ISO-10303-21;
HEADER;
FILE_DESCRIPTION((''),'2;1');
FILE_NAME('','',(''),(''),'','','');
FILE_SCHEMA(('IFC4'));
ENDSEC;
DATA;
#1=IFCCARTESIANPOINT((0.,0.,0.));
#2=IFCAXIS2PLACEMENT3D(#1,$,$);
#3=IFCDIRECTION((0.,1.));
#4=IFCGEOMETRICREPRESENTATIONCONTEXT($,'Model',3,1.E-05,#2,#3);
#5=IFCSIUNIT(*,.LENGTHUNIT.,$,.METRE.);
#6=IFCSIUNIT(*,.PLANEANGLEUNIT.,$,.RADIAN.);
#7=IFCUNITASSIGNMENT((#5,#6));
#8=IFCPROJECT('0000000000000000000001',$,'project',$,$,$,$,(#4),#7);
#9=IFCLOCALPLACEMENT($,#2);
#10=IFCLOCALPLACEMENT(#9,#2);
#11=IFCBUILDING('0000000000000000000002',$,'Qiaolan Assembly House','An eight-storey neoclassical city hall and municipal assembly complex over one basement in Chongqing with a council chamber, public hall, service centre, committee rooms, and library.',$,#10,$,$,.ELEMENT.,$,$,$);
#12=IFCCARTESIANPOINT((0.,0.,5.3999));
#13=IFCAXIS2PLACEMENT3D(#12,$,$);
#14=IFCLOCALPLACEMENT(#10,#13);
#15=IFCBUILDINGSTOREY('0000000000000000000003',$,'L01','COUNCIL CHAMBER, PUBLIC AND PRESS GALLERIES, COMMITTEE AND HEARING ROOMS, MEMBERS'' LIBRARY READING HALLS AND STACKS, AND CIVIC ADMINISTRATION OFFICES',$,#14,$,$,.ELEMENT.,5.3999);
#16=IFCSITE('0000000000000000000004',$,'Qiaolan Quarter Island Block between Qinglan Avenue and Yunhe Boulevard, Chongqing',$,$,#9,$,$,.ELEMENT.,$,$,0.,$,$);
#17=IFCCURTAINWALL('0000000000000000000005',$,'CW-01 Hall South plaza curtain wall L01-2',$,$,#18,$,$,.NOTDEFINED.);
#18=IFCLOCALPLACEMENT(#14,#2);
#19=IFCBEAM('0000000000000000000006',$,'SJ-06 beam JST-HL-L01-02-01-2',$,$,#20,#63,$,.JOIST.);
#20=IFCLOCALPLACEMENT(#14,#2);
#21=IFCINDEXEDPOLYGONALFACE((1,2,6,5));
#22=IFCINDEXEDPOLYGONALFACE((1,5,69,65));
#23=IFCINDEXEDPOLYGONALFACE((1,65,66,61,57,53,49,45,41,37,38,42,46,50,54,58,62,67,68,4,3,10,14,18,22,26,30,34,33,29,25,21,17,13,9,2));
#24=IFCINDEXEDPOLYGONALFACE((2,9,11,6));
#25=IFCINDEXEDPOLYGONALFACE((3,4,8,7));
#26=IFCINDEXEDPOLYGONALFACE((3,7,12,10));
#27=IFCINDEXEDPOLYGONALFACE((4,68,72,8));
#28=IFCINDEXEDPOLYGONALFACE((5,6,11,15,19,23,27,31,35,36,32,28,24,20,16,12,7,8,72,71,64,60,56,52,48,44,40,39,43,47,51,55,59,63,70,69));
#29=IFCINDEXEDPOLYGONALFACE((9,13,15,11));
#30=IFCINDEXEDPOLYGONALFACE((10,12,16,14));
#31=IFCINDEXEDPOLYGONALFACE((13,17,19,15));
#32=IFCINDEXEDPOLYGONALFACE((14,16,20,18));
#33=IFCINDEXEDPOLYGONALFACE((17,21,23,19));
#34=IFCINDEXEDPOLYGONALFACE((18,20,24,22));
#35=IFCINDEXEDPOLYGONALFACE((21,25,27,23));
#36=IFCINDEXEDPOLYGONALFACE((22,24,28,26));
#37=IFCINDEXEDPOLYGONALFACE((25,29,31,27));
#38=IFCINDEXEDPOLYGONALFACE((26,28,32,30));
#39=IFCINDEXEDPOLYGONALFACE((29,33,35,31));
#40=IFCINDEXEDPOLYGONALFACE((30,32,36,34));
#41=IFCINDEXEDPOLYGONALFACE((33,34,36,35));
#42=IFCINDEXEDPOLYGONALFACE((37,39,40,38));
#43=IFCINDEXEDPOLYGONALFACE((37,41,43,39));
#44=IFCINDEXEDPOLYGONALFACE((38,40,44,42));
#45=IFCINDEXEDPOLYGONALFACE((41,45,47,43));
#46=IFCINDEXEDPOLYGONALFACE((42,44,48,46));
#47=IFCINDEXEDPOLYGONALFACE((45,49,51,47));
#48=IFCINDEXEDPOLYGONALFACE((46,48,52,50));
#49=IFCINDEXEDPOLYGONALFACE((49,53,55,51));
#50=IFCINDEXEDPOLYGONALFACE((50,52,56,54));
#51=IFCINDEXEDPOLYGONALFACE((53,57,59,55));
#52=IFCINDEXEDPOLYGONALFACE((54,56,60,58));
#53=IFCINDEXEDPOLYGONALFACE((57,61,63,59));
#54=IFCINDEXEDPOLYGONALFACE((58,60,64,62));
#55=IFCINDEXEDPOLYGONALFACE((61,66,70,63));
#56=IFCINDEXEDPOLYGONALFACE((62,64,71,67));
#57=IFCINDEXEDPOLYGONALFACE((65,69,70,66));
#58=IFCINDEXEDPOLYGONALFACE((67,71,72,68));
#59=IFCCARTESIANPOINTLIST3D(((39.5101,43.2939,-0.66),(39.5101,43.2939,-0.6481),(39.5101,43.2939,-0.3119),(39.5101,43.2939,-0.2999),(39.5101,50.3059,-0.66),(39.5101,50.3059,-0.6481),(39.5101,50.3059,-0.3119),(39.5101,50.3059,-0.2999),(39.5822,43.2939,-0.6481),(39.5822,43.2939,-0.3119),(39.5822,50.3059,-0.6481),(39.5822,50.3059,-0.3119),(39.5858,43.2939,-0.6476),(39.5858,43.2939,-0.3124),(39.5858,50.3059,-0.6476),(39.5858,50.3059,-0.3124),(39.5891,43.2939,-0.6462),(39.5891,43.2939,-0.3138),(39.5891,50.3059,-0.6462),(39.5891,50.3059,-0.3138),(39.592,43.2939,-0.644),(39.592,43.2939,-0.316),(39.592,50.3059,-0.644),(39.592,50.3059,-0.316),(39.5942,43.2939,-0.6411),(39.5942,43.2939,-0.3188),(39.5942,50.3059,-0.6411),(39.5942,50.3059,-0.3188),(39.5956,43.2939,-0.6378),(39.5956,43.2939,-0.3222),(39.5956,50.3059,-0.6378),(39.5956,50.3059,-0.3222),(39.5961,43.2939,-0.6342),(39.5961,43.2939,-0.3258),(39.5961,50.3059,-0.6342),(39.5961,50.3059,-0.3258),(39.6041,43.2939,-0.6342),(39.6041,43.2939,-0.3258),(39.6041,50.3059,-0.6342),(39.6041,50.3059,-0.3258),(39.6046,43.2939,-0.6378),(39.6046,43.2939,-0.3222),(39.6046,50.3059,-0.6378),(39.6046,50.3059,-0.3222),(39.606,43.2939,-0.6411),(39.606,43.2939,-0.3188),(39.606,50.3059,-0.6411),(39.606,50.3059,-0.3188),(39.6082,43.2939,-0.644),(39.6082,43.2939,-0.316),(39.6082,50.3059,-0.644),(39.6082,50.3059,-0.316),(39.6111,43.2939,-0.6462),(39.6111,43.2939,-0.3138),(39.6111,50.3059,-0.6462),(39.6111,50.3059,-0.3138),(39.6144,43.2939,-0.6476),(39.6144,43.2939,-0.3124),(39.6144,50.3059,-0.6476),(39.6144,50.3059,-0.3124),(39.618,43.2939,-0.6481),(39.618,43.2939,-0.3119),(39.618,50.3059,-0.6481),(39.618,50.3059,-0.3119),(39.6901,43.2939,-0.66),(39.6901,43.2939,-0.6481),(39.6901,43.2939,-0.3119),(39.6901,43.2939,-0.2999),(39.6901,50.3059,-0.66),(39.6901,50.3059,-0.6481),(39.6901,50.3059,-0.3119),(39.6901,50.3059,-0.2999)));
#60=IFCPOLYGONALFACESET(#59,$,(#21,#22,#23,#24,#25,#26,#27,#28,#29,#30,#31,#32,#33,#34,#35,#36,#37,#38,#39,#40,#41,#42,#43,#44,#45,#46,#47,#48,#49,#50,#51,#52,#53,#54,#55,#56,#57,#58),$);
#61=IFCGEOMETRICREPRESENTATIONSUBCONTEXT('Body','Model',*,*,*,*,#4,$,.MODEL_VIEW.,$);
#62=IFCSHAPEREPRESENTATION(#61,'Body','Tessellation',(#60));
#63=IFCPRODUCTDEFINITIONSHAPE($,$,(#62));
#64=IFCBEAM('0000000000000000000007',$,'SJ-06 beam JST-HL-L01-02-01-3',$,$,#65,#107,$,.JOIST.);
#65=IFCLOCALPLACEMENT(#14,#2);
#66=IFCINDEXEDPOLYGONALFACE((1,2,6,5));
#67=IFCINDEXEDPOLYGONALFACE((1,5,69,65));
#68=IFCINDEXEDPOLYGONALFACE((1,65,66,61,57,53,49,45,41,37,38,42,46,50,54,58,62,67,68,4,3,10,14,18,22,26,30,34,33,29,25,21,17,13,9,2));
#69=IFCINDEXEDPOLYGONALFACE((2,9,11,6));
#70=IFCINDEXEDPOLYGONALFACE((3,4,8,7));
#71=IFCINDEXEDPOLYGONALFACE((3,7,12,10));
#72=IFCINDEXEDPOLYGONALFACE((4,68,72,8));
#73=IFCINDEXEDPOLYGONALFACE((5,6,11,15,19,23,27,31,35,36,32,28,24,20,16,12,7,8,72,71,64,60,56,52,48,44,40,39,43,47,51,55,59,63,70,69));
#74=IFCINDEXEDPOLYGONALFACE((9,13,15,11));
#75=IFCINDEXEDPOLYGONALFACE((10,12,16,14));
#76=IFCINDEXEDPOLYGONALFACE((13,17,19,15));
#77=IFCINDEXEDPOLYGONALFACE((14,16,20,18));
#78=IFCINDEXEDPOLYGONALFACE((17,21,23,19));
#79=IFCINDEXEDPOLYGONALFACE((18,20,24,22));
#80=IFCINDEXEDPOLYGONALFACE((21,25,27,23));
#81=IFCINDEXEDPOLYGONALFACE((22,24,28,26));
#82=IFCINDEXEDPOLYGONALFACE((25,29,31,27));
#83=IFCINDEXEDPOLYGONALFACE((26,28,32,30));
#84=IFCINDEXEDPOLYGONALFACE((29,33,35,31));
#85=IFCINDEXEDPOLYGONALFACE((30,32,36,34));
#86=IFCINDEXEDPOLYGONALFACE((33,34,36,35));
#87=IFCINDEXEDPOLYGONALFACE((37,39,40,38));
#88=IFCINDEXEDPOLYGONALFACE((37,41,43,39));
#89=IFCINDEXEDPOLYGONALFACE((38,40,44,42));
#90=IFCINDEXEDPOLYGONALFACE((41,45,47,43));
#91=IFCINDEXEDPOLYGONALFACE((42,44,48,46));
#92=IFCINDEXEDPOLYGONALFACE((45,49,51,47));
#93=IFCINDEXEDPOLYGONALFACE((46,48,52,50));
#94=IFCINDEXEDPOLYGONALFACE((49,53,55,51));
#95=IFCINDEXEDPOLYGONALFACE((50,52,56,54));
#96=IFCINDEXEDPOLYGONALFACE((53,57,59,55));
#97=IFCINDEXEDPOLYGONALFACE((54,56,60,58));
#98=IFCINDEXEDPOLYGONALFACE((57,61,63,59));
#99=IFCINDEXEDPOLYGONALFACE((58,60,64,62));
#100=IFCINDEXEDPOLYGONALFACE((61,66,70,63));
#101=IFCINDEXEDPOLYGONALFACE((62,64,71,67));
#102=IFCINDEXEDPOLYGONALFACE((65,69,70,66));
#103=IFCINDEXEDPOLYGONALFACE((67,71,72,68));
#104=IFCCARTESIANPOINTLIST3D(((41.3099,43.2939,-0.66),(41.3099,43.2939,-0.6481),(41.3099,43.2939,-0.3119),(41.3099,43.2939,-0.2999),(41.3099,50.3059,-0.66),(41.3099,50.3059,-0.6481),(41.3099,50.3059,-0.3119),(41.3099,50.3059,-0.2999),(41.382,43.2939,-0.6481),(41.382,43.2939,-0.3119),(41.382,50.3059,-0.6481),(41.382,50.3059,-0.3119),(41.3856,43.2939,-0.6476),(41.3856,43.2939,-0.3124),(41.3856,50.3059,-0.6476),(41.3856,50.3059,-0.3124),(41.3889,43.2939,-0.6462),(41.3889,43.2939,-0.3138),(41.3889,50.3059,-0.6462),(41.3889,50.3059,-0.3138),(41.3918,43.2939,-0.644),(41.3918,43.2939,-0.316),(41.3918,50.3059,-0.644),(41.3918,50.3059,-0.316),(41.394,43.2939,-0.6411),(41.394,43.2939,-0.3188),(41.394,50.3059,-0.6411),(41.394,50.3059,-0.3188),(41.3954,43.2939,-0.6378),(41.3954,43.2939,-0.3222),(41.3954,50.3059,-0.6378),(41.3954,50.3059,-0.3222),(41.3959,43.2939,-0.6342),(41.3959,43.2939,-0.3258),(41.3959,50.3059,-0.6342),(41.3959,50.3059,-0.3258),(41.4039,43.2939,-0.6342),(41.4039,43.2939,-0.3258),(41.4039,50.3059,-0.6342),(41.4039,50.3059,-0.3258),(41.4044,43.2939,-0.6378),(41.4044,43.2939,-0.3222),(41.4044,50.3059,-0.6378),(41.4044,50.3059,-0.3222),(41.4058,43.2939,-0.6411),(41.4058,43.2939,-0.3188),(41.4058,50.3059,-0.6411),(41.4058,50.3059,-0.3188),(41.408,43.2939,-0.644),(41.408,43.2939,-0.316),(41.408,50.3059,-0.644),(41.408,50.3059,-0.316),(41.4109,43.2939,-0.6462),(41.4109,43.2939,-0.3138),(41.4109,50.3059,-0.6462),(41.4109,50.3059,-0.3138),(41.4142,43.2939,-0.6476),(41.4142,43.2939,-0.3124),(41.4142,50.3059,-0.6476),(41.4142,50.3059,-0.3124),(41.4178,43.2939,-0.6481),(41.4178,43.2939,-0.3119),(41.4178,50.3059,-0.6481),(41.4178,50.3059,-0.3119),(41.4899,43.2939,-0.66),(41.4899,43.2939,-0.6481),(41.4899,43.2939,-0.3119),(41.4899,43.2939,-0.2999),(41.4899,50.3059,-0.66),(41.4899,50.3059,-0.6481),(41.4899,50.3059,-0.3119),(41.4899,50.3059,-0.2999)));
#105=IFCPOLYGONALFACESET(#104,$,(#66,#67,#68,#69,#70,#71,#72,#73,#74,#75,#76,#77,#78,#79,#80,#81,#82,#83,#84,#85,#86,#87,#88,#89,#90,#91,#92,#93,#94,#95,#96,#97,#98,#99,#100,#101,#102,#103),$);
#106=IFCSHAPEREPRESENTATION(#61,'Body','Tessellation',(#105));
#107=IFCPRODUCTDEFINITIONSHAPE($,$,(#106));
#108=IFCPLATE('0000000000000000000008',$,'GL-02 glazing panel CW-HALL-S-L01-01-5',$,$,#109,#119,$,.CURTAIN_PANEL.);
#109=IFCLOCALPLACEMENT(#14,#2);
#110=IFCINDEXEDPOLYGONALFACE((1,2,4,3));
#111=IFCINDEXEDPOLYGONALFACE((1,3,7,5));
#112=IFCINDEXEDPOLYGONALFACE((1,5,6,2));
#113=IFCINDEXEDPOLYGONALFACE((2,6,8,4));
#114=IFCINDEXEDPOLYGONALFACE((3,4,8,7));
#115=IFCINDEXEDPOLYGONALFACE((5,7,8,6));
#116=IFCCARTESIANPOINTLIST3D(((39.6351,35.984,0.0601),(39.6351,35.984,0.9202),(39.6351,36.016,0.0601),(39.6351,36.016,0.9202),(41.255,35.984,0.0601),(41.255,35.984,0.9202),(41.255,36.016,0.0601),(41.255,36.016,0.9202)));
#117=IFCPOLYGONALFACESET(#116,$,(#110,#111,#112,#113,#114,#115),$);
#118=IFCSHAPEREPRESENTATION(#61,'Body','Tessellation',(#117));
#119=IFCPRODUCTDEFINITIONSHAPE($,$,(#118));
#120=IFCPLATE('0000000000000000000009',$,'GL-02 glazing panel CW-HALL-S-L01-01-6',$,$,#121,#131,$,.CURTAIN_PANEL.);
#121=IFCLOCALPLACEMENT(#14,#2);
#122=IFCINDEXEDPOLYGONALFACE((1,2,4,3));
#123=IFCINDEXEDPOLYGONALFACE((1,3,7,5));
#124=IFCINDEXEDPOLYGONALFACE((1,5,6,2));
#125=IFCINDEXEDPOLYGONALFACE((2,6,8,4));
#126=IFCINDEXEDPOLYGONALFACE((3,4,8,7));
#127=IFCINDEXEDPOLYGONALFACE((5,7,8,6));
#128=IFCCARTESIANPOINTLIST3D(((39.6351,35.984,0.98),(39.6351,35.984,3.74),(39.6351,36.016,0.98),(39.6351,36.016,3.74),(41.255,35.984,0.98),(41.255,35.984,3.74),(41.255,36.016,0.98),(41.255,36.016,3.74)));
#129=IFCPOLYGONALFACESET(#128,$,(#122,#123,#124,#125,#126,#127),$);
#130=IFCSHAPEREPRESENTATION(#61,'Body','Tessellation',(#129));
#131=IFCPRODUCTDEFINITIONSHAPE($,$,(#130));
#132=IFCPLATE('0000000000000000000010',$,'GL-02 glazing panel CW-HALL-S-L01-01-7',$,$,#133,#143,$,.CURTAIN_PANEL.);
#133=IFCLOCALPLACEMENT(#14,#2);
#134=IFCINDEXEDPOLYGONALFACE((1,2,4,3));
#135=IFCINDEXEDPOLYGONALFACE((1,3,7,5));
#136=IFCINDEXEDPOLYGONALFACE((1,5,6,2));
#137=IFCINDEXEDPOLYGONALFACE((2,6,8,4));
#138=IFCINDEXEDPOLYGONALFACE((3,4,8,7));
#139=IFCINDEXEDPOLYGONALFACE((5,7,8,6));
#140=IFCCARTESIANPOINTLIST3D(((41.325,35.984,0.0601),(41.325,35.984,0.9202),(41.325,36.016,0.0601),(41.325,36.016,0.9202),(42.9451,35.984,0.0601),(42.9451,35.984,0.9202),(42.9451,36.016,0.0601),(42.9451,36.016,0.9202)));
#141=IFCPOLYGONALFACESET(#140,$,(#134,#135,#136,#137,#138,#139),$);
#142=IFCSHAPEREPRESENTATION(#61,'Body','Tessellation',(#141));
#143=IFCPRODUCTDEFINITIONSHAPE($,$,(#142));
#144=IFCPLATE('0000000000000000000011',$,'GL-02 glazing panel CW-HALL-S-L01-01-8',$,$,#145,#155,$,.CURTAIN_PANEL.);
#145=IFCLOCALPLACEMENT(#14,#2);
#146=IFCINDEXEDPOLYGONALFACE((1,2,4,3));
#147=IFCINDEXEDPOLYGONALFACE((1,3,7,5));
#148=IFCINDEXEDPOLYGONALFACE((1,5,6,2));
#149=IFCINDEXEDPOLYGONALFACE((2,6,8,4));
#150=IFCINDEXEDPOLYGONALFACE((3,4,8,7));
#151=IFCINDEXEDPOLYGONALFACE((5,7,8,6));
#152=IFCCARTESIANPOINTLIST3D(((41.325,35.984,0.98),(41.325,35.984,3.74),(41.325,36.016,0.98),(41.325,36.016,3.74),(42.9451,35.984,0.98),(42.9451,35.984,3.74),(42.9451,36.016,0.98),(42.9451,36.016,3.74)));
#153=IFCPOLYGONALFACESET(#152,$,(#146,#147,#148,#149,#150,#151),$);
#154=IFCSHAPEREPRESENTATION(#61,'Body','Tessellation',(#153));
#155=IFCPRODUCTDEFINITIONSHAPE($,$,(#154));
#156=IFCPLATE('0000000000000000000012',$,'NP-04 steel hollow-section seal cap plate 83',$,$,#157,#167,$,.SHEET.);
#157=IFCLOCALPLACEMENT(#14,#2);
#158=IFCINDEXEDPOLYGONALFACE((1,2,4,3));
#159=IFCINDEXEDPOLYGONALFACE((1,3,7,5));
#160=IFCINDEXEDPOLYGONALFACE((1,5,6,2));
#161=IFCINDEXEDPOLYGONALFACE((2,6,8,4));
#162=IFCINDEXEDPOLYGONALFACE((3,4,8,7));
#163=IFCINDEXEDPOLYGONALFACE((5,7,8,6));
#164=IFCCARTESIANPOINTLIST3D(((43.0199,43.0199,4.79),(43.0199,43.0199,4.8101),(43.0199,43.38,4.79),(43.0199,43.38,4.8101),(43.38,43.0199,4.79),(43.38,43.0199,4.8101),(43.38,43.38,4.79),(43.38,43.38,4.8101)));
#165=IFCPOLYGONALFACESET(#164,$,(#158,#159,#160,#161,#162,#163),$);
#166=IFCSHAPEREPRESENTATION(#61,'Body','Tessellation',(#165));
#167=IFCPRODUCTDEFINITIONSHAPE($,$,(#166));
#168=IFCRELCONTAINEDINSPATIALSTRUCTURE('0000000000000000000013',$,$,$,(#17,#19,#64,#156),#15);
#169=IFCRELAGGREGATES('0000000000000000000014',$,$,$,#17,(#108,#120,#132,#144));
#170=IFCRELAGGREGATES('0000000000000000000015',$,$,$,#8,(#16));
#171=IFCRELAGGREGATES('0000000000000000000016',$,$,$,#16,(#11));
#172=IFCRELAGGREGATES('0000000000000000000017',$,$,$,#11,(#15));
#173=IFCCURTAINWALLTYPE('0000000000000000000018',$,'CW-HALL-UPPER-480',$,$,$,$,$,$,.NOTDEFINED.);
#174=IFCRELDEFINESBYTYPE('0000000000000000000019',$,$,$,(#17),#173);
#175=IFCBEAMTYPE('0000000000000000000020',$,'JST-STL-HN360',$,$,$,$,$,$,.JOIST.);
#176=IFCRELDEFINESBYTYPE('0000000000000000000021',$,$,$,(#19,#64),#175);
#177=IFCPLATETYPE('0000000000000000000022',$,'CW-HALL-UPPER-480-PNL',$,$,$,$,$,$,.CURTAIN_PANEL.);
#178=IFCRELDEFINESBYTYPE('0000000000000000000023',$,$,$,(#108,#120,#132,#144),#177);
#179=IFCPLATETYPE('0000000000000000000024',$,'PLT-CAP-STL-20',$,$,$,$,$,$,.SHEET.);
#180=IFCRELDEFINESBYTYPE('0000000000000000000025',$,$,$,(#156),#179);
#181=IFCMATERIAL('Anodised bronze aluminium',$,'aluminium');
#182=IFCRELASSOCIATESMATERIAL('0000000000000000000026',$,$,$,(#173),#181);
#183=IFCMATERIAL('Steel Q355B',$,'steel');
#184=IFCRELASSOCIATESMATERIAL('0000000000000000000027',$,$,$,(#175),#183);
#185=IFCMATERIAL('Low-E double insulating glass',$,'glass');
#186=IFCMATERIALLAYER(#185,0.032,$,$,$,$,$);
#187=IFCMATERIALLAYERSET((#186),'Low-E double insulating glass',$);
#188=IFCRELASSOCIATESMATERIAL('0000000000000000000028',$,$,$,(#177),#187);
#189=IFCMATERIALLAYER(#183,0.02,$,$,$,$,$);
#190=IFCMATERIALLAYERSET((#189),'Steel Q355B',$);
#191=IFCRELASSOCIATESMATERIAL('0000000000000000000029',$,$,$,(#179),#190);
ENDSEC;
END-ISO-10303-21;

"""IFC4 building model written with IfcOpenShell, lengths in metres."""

from ifc_helpers import new_model, si_unit, direction, frame, frame_2d, origin, origin_2d, place, context, subcontext, project, spatial, rectangle, i_section, extrude, material, layer, layer_set, material_profile, profile_set, type_object, element, aggregate, save


model = new_model("IFC4")

# Units and contexts
model_context = context("Model", 3, precision=1e-05, world=origin(), true_north=direction((0.0, 1.0)))
body_context = subcontext(model_context, "Body", "Model", "MODEL_VIEW")
ifc_project = project(units=[si_unit("LENGTHUNIT", "METRE"), si_unit("PLANEANGLEUNIT", "RADIAN")], contexts=[model_context])

# Site, building, storey
site_placement = place(None, origin())
site = spatial("IfcSite", under=ifc_project, at=site_placement, Name="Qiaolan Quarter Island Block between Qinglan Avenue and Yunhe Boulevard, Chongqing", CompositionType="ELEMENT", RefElevation=0.0)
building_placement = place(site_placement, origin())
building = spatial("IfcBuilding", under=site, at=building_placement, Name="Qiaolan Assembly House", Description="An eight-storey neoclassical city hall and municipal assembly complex over one basement in Chongqing with a council chamber, public hall, service centre, committee rooms, and library.", CompositionType="ELEMENT")
storey_placement = place(building_placement, frame((0.0, 0.0, 5.3999)))
storey = spatial("IfcBuildingStorey", under=building, at=storey_placement, Name="L01", Description="COUNCIL CHAMBER, PUBLIC AND PRESS GALLERIES, COMMITTEE AND HEARING ROOMS, MEMBERS' LIBRARY READING HALLS AND STACKS, AND CIVIC ADMINISTRATION OFFICES", CompositionType="ELEMENT", Elevation=5.3999)

# Shared definitions
ifc_material_1 = material(Name="Steel Q355B", Category="steel")

# Curtain wall
ifc_material_2 = material(Name="Anodised bronze aluminium", Category="aluminium")
curtain_wall_type = type_object("IfcCurtainWallType", Name="CW-HALL-UPPER-480", PredefinedType="NOTDEFINED", material=ifc_material_2)
curtain_wall_1_placement = place(storey_placement, origin())
curtain_wall_1 = element("IfcCurtainWall", 1, at=curtain_wall_1_placement, inside=storey, type_object=curtain_wall_type, Name="CW-01 Hall South plaza curtain wall L01-2", PredefinedType="NOTDEFINED")

# Beams
ifc_material_profile_1 = material_profile(ifc_material_1, i_section(OverallWidth=0.1799, OverallDepth=0.3601, WebThickness=0.0081, FlangeThickness=0.012, FilletRadius=0.0139, at=origin_2d()), Name="HN 360x180x8x12")
ifc_profile_set_1 = profile_set([ifc_material_profile_1], Name="Steel Q355B")
beam_type_1 = type_object("IfcBeamType", Name="JST-STL-HN360", PredefinedType="JOIST", material=ifc_profile_set_1)
for number, where, z_axis, x_axis, name in (
    (2, (39.6001, 43.2939, -0.48), (0.0, 1.0, 0.0), (-1.0, 0.0, 0.0), "SJ-06 beam JST-HL-L01-02-01-2"),
    (3, (41.3999, 43.2939, -0.48), (0.0, 1.0, 0.0), (-1.0, 0.0, 0.0), "SJ-06 beam JST-HL-L01-02-01-3"),
):
    element("IfcBeam", number, at=place(storey_placement, frame(where, z_axis=z_axis, x_axis=x_axis)), inside=storey, type_object=beam_type_1, Name=name, PredefinedType="JOIST", context=body_context, shape_type="SweptSolid", body=[
        extrude(i_section(OverallWidth=0.1799, OverallDepth=0.3601, WebThickness=0.0081, FlangeThickness=0.012, FilletRadius=0.0139, at=origin_2d()), origin(), (0.0, 0.0, 1.0), 7.012),
    ])

# Plates
ifc_material_3 = material(Name="Low-E double insulating glass", Category="glass")
ifc_layer_1 = layer(ifc_material_3, 0.032)
ifc_layer_set_1 = layer_set([ifc_layer_1], Name="Low-E double insulating glass")
plate_type_1 = type_object("IfcPlateType", Name="CW-HALL-UPPER-480-PNL", PredefinedType="CURTAIN_PANEL", material=ifc_layer_set_1)
plate_1_placement = place(storey_placement, frame((39.635, 36.0, 0.0601), z_axis=(0.0, 0.0, 1.0), x_axis=(1.0, 0.0, 0.0)))
plate_1 = element("IfcPlate", 4, at=plate_1_placement, type_object=plate_type_1, Name="GL-02 glazing panel CW-HALL-S-L01-01-5", PredefinedType="CURTAIN_PANEL", context=body_context, shape_type="SweptSolid", body=[
    extrude(rectangle(XDim=1.6199, YDim=0.032, at=frame_2d((0.8101, 0.0))), origin(), (0.0, 0.0, 1.0), 0.8601),
])
plate_2_placement = place(storey_placement, frame((39.635, 36.0, 0.98), z_axis=(0.0, 0.0, 1.0), x_axis=(1.0, 0.0, 0.0)))
plate_2 = element("IfcPlate", 5, at=plate_2_placement, type_object=plate_type_1, Name="GL-02 glazing panel CW-HALL-S-L01-01-6", PredefinedType="CURTAIN_PANEL", context=body_context, shape_type="SweptSolid", body=[
    extrude(rectangle(XDim=1.6199, YDim=0.032, at=frame_2d((0.8101, 0.0))), origin(), (0.0, 0.0, 1.0), 2.76),
])
plate_3_placement = place(storey_placement, frame((41.325, 36.0, 0.0601), z_axis=(0.0, 0.0, 1.0), x_axis=(1.0, 0.0, 0.0)))
plate_3 = element("IfcPlate", 6, at=plate_3_placement, type_object=plate_type_1, Name="GL-02 glazing panel CW-HALL-S-L01-01-7", PredefinedType="CURTAIN_PANEL", context=body_context, shape_type="SweptSolid", body=[
    extrude(rectangle(XDim=1.6201, YDim=0.032, at=frame_2d((0.8101, 0.0))), origin(), (0.0, 0.0, 1.0), 0.8601),
])
plate_4_placement = place(storey_placement, frame((41.325, 36.0, 0.98), z_axis=(0.0, 0.0, 1.0), x_axis=(1.0, 0.0, 0.0)))
plate_4 = element("IfcPlate", 7, at=plate_4_placement, type_object=plate_type_1, Name="GL-02 glazing panel CW-HALL-S-L01-01-8", PredefinedType="CURTAIN_PANEL", context=body_context, shape_type="SweptSolid", body=[
    extrude(rectangle(XDim=1.6201, YDim=0.032, at=frame_2d((0.8101, 0.0))), origin(), (0.0, 0.0, 1.0), 2.76),
])
aggregate(curtain_wall_1, [plate_1, plate_2, plate_3, plate_4])
ifc_layer_2 = layer(ifc_material_1, 0.02)
ifc_layer_set_2 = layer_set([ifc_layer_2], Name="Steel Q355B")
plate_type_2 = type_object("IfcPlateType", Name="PLT-CAP-STL-20", PredefinedType="SHEET", material=ifc_layer_set_2)
plate_5_placement = place(storey_placement, frame((43.2, 43.2, 4.79), z_axis=(0.0, 0.0, 1.0), x_axis=(1.0, 0.0, 0.0)))
element("IfcPlate", 8, at=plate_5_placement, inside=storey, type_object=plate_type_2, Name="NP-04 steel hollow-section seal cap plate 83", PredefinedType="SHEET", context=body_context, shape_type="SweptSolid", body=[
    extrude(rectangle(XDim=0.3601, YDim=0.3601, at=origin_2d()), origin(), (0.0, 0.0, 1.0), 0.02),
])

save(model, "model.ifc")
